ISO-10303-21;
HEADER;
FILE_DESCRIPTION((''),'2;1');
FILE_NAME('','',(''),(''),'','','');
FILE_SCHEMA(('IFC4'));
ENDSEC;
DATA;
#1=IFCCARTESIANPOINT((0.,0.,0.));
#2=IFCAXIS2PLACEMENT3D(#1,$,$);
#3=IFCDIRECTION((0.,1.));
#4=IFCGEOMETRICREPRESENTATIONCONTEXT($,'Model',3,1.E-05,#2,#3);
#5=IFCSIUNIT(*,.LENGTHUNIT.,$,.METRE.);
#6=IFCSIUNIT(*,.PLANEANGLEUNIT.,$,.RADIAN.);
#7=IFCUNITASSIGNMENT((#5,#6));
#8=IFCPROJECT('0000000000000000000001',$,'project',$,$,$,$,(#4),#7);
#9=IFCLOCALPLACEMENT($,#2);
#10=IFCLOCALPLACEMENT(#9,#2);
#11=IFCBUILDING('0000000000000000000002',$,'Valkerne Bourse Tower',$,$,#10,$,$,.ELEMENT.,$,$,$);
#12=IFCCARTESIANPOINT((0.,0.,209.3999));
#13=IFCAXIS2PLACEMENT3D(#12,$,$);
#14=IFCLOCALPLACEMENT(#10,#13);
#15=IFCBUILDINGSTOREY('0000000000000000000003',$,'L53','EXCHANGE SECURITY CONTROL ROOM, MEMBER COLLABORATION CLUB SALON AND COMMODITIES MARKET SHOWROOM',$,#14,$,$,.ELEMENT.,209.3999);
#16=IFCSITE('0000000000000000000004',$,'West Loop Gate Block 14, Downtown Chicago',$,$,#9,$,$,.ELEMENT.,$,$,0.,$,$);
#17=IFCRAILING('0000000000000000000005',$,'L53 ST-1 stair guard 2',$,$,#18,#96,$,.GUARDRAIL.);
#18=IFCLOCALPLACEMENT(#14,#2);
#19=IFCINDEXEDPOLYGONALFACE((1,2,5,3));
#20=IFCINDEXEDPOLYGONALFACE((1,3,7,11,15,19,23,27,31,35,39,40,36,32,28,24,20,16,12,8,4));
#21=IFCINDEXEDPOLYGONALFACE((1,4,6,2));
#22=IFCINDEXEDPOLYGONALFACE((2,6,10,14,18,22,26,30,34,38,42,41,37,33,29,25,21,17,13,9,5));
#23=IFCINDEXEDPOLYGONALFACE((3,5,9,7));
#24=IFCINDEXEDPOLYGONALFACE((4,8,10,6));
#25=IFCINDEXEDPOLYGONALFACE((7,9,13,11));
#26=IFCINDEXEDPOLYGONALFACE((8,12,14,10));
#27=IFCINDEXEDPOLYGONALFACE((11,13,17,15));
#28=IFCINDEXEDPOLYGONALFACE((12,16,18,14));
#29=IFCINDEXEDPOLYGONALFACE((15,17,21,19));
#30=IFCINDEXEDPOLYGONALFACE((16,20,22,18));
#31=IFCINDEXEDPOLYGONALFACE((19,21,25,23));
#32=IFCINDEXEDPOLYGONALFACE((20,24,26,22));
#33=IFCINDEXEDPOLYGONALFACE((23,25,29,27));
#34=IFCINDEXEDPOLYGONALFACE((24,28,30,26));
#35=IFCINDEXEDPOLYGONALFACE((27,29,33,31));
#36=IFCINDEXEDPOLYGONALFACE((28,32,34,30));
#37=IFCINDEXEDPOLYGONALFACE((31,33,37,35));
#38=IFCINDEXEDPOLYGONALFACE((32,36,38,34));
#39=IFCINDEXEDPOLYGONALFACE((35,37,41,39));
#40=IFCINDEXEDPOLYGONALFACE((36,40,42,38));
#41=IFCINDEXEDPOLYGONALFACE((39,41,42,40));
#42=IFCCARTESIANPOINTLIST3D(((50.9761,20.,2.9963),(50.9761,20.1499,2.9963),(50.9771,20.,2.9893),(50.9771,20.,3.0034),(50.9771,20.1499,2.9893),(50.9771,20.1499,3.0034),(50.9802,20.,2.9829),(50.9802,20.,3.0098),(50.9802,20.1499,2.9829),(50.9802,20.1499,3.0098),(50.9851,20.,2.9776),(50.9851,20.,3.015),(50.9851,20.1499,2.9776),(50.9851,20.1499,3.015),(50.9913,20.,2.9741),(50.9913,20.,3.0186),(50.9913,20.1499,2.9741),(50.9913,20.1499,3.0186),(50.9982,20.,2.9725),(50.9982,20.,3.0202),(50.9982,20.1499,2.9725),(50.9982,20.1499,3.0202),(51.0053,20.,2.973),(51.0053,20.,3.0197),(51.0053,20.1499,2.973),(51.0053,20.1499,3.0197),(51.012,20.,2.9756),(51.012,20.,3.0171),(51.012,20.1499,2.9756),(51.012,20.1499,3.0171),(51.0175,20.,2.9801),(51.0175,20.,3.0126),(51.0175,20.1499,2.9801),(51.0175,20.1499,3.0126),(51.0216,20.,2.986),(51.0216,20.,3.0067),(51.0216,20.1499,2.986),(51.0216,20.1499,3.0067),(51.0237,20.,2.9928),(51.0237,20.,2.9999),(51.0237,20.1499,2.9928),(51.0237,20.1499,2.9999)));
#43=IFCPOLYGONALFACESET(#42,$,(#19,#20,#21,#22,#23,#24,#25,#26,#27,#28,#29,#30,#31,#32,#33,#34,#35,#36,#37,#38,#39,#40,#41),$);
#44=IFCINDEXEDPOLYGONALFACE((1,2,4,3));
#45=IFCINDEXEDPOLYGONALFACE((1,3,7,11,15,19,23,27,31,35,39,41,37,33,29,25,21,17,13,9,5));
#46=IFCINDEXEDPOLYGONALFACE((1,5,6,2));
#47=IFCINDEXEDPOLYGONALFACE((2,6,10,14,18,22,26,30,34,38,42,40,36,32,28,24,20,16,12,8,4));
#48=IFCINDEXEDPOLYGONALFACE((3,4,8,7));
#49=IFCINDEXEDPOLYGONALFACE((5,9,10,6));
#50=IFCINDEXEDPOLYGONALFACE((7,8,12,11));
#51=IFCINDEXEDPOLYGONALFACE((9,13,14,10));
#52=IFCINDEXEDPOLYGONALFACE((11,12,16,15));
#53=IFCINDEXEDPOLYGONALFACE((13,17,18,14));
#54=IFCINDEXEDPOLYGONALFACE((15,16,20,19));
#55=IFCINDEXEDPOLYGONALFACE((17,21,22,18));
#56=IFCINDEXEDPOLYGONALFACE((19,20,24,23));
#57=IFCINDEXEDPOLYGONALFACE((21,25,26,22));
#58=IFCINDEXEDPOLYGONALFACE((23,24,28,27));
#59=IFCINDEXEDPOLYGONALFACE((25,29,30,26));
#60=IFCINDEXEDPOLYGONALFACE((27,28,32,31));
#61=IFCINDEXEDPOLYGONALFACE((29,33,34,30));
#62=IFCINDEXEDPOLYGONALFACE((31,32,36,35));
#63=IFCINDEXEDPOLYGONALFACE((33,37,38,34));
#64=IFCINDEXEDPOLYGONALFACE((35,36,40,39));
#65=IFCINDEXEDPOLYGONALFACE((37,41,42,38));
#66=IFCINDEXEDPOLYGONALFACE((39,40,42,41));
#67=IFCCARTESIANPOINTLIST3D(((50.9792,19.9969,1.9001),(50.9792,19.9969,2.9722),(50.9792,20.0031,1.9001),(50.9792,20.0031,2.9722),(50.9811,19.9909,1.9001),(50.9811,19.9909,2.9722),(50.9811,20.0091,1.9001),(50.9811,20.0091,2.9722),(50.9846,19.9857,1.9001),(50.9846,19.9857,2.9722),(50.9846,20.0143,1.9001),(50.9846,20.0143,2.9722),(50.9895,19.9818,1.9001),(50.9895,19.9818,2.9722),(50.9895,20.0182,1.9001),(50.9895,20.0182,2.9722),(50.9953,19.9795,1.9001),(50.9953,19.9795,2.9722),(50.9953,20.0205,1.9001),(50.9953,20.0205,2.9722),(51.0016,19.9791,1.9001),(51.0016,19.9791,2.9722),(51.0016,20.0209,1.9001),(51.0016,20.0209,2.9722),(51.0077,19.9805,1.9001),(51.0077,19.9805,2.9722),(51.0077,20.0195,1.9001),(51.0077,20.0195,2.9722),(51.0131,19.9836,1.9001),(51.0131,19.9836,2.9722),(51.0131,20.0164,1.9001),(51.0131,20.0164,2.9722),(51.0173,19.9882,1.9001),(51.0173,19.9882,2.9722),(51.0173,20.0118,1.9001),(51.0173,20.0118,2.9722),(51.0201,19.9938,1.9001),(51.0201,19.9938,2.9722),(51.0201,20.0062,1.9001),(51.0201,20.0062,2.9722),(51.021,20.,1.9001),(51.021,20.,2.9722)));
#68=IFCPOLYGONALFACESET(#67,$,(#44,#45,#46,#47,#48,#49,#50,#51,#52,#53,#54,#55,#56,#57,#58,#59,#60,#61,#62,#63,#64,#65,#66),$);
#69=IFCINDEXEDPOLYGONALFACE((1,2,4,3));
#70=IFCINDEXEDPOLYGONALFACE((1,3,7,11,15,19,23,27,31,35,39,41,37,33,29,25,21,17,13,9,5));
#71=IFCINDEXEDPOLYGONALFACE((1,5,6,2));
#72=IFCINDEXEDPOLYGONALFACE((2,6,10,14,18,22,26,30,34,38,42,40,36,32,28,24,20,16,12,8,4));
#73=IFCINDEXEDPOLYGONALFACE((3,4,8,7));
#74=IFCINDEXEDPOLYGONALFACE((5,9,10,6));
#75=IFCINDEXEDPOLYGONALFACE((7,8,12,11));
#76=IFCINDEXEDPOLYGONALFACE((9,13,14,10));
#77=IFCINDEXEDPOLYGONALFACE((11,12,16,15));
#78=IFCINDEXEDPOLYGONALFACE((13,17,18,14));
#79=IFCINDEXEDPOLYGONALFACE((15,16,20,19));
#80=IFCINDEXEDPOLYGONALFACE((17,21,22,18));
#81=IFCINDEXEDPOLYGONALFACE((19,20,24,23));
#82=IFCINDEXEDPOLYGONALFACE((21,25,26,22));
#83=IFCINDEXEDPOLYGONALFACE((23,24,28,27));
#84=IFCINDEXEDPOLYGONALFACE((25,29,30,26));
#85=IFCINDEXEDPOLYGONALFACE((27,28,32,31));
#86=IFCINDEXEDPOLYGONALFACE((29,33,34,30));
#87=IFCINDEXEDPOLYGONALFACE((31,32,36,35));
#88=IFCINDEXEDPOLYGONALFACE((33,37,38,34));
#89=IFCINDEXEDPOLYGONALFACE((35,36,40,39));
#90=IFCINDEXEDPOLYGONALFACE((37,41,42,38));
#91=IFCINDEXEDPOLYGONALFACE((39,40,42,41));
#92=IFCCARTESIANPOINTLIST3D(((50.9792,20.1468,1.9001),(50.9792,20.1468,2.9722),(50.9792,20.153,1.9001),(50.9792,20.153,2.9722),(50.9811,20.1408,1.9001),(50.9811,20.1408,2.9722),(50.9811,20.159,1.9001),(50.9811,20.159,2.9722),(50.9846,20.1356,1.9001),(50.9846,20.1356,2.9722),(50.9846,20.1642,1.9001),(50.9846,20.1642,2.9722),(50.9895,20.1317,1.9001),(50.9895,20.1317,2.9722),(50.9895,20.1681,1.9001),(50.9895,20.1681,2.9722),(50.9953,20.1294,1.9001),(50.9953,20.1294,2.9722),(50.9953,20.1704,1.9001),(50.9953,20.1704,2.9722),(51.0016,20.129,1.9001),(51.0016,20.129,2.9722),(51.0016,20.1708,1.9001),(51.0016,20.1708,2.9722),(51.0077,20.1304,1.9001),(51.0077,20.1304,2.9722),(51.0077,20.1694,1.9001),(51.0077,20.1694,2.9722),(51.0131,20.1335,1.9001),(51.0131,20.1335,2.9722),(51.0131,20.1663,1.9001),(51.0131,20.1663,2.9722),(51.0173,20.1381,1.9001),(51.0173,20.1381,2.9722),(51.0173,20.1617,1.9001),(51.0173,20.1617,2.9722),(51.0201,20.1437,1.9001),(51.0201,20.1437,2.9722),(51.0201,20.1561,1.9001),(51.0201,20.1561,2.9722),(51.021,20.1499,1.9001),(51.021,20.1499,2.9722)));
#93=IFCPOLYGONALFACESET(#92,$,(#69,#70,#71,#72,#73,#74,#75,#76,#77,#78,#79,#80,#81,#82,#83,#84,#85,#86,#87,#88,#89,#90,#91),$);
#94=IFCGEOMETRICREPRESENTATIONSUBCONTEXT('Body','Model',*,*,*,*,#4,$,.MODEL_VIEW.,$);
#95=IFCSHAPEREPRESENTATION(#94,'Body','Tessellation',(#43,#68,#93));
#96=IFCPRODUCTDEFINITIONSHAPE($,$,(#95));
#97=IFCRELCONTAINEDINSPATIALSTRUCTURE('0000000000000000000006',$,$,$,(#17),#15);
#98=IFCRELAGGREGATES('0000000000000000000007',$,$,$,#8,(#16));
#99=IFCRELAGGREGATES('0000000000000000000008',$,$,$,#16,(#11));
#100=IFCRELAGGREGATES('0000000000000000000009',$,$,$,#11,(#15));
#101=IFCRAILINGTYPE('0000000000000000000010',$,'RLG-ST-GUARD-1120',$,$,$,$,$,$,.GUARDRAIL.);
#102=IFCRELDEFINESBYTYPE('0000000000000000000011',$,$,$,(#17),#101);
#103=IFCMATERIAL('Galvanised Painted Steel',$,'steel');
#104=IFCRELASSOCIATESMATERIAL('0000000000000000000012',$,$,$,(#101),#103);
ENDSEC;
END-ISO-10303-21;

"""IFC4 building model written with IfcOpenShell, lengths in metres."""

from ifc_helpers import new_model, si_unit, direction, frame, origin, origin_2d, place, context, subcontext, project, spatial, circle, extrude, material, type_object, element, save


model = new_model("IFC4")

# Units and contexts
model_context = context("Model", 3, precision=1e-05, world=origin(), true_north=direction((0.0, 1.0)))
body_context = subcontext(model_context, "Body", "Model", "MODEL_VIEW")
ifc_project = project(units=[si_unit("LENGTHUNIT", "METRE"), si_unit("PLANEANGLEUNIT", "RADIAN")], contexts=[model_context])

# Site, building, storey
site_placement = place(None, origin())
site = spatial("IfcSite", under=ifc_project, at=site_placement, Name="West Loop Gate Block 14, Downtown Chicago", CompositionType="ELEMENT", RefElevation=0.0)
building_placement = place(site_placement, origin())
building = spatial("IfcBuilding", under=site, at=building_placement, Name="Valkerne Bourse Tower", CompositionType="ELEMENT")
storey_placement = place(building_placement, frame((0.0, 0.0, 209.3999)))
storey = spatial("IfcBuildingStorey", under=building, at=storey_placement, Name="L53", Description="EXCHANGE SECURITY CONTROL ROOM, MEMBER COLLABORATION CLUB SALON AND COMMODITIES MARKET SHOWROOM", CompositionType="ELEMENT", Elevation=209.3999)

# Shared definitions
ifc_material_1 = material(Name="Galvanised Painted Steel", Category="steel")

# Railing
railing_type_1 = type_object("IfcRailingType", Name="RLG-ST-GUARD-1120", PredefinedType="GUARDRAIL", material=ifc_material_1)
railing_1_placement = place(storey_placement, frame((51.0, 20.0, 1.9001)))
element("IfcRailing", 1, at=railing_1_placement, inside=storey, type_object=railing_type_1, Name="L53 ST-1 stair guard 2", PredefinedType="GUARDRAIL", context=body_context, shape_type="SweptSolid", body=[
    extrude(circle(Radius=0.0239, at=origin_2d()), frame((0.0, 0.0, 1.0962), z_axis=(0.0, 1.0, 0.0), x_axis=(-1.0, 0.0, 0.0)), (0.0, 0.0, 1.0), 0.1499),
    extrude(circle(Radius=0.021, at=origin_2d()), origin(), (0.0, 0.0, 1.0), 1.072),
    extrude(circle(Radius=0.021, at=origin_2d()), frame((0.0, 0.1499, 0.0)), (0.0, 0.0, 1.0), 1.072),
])

save(model, "model.ifc")
